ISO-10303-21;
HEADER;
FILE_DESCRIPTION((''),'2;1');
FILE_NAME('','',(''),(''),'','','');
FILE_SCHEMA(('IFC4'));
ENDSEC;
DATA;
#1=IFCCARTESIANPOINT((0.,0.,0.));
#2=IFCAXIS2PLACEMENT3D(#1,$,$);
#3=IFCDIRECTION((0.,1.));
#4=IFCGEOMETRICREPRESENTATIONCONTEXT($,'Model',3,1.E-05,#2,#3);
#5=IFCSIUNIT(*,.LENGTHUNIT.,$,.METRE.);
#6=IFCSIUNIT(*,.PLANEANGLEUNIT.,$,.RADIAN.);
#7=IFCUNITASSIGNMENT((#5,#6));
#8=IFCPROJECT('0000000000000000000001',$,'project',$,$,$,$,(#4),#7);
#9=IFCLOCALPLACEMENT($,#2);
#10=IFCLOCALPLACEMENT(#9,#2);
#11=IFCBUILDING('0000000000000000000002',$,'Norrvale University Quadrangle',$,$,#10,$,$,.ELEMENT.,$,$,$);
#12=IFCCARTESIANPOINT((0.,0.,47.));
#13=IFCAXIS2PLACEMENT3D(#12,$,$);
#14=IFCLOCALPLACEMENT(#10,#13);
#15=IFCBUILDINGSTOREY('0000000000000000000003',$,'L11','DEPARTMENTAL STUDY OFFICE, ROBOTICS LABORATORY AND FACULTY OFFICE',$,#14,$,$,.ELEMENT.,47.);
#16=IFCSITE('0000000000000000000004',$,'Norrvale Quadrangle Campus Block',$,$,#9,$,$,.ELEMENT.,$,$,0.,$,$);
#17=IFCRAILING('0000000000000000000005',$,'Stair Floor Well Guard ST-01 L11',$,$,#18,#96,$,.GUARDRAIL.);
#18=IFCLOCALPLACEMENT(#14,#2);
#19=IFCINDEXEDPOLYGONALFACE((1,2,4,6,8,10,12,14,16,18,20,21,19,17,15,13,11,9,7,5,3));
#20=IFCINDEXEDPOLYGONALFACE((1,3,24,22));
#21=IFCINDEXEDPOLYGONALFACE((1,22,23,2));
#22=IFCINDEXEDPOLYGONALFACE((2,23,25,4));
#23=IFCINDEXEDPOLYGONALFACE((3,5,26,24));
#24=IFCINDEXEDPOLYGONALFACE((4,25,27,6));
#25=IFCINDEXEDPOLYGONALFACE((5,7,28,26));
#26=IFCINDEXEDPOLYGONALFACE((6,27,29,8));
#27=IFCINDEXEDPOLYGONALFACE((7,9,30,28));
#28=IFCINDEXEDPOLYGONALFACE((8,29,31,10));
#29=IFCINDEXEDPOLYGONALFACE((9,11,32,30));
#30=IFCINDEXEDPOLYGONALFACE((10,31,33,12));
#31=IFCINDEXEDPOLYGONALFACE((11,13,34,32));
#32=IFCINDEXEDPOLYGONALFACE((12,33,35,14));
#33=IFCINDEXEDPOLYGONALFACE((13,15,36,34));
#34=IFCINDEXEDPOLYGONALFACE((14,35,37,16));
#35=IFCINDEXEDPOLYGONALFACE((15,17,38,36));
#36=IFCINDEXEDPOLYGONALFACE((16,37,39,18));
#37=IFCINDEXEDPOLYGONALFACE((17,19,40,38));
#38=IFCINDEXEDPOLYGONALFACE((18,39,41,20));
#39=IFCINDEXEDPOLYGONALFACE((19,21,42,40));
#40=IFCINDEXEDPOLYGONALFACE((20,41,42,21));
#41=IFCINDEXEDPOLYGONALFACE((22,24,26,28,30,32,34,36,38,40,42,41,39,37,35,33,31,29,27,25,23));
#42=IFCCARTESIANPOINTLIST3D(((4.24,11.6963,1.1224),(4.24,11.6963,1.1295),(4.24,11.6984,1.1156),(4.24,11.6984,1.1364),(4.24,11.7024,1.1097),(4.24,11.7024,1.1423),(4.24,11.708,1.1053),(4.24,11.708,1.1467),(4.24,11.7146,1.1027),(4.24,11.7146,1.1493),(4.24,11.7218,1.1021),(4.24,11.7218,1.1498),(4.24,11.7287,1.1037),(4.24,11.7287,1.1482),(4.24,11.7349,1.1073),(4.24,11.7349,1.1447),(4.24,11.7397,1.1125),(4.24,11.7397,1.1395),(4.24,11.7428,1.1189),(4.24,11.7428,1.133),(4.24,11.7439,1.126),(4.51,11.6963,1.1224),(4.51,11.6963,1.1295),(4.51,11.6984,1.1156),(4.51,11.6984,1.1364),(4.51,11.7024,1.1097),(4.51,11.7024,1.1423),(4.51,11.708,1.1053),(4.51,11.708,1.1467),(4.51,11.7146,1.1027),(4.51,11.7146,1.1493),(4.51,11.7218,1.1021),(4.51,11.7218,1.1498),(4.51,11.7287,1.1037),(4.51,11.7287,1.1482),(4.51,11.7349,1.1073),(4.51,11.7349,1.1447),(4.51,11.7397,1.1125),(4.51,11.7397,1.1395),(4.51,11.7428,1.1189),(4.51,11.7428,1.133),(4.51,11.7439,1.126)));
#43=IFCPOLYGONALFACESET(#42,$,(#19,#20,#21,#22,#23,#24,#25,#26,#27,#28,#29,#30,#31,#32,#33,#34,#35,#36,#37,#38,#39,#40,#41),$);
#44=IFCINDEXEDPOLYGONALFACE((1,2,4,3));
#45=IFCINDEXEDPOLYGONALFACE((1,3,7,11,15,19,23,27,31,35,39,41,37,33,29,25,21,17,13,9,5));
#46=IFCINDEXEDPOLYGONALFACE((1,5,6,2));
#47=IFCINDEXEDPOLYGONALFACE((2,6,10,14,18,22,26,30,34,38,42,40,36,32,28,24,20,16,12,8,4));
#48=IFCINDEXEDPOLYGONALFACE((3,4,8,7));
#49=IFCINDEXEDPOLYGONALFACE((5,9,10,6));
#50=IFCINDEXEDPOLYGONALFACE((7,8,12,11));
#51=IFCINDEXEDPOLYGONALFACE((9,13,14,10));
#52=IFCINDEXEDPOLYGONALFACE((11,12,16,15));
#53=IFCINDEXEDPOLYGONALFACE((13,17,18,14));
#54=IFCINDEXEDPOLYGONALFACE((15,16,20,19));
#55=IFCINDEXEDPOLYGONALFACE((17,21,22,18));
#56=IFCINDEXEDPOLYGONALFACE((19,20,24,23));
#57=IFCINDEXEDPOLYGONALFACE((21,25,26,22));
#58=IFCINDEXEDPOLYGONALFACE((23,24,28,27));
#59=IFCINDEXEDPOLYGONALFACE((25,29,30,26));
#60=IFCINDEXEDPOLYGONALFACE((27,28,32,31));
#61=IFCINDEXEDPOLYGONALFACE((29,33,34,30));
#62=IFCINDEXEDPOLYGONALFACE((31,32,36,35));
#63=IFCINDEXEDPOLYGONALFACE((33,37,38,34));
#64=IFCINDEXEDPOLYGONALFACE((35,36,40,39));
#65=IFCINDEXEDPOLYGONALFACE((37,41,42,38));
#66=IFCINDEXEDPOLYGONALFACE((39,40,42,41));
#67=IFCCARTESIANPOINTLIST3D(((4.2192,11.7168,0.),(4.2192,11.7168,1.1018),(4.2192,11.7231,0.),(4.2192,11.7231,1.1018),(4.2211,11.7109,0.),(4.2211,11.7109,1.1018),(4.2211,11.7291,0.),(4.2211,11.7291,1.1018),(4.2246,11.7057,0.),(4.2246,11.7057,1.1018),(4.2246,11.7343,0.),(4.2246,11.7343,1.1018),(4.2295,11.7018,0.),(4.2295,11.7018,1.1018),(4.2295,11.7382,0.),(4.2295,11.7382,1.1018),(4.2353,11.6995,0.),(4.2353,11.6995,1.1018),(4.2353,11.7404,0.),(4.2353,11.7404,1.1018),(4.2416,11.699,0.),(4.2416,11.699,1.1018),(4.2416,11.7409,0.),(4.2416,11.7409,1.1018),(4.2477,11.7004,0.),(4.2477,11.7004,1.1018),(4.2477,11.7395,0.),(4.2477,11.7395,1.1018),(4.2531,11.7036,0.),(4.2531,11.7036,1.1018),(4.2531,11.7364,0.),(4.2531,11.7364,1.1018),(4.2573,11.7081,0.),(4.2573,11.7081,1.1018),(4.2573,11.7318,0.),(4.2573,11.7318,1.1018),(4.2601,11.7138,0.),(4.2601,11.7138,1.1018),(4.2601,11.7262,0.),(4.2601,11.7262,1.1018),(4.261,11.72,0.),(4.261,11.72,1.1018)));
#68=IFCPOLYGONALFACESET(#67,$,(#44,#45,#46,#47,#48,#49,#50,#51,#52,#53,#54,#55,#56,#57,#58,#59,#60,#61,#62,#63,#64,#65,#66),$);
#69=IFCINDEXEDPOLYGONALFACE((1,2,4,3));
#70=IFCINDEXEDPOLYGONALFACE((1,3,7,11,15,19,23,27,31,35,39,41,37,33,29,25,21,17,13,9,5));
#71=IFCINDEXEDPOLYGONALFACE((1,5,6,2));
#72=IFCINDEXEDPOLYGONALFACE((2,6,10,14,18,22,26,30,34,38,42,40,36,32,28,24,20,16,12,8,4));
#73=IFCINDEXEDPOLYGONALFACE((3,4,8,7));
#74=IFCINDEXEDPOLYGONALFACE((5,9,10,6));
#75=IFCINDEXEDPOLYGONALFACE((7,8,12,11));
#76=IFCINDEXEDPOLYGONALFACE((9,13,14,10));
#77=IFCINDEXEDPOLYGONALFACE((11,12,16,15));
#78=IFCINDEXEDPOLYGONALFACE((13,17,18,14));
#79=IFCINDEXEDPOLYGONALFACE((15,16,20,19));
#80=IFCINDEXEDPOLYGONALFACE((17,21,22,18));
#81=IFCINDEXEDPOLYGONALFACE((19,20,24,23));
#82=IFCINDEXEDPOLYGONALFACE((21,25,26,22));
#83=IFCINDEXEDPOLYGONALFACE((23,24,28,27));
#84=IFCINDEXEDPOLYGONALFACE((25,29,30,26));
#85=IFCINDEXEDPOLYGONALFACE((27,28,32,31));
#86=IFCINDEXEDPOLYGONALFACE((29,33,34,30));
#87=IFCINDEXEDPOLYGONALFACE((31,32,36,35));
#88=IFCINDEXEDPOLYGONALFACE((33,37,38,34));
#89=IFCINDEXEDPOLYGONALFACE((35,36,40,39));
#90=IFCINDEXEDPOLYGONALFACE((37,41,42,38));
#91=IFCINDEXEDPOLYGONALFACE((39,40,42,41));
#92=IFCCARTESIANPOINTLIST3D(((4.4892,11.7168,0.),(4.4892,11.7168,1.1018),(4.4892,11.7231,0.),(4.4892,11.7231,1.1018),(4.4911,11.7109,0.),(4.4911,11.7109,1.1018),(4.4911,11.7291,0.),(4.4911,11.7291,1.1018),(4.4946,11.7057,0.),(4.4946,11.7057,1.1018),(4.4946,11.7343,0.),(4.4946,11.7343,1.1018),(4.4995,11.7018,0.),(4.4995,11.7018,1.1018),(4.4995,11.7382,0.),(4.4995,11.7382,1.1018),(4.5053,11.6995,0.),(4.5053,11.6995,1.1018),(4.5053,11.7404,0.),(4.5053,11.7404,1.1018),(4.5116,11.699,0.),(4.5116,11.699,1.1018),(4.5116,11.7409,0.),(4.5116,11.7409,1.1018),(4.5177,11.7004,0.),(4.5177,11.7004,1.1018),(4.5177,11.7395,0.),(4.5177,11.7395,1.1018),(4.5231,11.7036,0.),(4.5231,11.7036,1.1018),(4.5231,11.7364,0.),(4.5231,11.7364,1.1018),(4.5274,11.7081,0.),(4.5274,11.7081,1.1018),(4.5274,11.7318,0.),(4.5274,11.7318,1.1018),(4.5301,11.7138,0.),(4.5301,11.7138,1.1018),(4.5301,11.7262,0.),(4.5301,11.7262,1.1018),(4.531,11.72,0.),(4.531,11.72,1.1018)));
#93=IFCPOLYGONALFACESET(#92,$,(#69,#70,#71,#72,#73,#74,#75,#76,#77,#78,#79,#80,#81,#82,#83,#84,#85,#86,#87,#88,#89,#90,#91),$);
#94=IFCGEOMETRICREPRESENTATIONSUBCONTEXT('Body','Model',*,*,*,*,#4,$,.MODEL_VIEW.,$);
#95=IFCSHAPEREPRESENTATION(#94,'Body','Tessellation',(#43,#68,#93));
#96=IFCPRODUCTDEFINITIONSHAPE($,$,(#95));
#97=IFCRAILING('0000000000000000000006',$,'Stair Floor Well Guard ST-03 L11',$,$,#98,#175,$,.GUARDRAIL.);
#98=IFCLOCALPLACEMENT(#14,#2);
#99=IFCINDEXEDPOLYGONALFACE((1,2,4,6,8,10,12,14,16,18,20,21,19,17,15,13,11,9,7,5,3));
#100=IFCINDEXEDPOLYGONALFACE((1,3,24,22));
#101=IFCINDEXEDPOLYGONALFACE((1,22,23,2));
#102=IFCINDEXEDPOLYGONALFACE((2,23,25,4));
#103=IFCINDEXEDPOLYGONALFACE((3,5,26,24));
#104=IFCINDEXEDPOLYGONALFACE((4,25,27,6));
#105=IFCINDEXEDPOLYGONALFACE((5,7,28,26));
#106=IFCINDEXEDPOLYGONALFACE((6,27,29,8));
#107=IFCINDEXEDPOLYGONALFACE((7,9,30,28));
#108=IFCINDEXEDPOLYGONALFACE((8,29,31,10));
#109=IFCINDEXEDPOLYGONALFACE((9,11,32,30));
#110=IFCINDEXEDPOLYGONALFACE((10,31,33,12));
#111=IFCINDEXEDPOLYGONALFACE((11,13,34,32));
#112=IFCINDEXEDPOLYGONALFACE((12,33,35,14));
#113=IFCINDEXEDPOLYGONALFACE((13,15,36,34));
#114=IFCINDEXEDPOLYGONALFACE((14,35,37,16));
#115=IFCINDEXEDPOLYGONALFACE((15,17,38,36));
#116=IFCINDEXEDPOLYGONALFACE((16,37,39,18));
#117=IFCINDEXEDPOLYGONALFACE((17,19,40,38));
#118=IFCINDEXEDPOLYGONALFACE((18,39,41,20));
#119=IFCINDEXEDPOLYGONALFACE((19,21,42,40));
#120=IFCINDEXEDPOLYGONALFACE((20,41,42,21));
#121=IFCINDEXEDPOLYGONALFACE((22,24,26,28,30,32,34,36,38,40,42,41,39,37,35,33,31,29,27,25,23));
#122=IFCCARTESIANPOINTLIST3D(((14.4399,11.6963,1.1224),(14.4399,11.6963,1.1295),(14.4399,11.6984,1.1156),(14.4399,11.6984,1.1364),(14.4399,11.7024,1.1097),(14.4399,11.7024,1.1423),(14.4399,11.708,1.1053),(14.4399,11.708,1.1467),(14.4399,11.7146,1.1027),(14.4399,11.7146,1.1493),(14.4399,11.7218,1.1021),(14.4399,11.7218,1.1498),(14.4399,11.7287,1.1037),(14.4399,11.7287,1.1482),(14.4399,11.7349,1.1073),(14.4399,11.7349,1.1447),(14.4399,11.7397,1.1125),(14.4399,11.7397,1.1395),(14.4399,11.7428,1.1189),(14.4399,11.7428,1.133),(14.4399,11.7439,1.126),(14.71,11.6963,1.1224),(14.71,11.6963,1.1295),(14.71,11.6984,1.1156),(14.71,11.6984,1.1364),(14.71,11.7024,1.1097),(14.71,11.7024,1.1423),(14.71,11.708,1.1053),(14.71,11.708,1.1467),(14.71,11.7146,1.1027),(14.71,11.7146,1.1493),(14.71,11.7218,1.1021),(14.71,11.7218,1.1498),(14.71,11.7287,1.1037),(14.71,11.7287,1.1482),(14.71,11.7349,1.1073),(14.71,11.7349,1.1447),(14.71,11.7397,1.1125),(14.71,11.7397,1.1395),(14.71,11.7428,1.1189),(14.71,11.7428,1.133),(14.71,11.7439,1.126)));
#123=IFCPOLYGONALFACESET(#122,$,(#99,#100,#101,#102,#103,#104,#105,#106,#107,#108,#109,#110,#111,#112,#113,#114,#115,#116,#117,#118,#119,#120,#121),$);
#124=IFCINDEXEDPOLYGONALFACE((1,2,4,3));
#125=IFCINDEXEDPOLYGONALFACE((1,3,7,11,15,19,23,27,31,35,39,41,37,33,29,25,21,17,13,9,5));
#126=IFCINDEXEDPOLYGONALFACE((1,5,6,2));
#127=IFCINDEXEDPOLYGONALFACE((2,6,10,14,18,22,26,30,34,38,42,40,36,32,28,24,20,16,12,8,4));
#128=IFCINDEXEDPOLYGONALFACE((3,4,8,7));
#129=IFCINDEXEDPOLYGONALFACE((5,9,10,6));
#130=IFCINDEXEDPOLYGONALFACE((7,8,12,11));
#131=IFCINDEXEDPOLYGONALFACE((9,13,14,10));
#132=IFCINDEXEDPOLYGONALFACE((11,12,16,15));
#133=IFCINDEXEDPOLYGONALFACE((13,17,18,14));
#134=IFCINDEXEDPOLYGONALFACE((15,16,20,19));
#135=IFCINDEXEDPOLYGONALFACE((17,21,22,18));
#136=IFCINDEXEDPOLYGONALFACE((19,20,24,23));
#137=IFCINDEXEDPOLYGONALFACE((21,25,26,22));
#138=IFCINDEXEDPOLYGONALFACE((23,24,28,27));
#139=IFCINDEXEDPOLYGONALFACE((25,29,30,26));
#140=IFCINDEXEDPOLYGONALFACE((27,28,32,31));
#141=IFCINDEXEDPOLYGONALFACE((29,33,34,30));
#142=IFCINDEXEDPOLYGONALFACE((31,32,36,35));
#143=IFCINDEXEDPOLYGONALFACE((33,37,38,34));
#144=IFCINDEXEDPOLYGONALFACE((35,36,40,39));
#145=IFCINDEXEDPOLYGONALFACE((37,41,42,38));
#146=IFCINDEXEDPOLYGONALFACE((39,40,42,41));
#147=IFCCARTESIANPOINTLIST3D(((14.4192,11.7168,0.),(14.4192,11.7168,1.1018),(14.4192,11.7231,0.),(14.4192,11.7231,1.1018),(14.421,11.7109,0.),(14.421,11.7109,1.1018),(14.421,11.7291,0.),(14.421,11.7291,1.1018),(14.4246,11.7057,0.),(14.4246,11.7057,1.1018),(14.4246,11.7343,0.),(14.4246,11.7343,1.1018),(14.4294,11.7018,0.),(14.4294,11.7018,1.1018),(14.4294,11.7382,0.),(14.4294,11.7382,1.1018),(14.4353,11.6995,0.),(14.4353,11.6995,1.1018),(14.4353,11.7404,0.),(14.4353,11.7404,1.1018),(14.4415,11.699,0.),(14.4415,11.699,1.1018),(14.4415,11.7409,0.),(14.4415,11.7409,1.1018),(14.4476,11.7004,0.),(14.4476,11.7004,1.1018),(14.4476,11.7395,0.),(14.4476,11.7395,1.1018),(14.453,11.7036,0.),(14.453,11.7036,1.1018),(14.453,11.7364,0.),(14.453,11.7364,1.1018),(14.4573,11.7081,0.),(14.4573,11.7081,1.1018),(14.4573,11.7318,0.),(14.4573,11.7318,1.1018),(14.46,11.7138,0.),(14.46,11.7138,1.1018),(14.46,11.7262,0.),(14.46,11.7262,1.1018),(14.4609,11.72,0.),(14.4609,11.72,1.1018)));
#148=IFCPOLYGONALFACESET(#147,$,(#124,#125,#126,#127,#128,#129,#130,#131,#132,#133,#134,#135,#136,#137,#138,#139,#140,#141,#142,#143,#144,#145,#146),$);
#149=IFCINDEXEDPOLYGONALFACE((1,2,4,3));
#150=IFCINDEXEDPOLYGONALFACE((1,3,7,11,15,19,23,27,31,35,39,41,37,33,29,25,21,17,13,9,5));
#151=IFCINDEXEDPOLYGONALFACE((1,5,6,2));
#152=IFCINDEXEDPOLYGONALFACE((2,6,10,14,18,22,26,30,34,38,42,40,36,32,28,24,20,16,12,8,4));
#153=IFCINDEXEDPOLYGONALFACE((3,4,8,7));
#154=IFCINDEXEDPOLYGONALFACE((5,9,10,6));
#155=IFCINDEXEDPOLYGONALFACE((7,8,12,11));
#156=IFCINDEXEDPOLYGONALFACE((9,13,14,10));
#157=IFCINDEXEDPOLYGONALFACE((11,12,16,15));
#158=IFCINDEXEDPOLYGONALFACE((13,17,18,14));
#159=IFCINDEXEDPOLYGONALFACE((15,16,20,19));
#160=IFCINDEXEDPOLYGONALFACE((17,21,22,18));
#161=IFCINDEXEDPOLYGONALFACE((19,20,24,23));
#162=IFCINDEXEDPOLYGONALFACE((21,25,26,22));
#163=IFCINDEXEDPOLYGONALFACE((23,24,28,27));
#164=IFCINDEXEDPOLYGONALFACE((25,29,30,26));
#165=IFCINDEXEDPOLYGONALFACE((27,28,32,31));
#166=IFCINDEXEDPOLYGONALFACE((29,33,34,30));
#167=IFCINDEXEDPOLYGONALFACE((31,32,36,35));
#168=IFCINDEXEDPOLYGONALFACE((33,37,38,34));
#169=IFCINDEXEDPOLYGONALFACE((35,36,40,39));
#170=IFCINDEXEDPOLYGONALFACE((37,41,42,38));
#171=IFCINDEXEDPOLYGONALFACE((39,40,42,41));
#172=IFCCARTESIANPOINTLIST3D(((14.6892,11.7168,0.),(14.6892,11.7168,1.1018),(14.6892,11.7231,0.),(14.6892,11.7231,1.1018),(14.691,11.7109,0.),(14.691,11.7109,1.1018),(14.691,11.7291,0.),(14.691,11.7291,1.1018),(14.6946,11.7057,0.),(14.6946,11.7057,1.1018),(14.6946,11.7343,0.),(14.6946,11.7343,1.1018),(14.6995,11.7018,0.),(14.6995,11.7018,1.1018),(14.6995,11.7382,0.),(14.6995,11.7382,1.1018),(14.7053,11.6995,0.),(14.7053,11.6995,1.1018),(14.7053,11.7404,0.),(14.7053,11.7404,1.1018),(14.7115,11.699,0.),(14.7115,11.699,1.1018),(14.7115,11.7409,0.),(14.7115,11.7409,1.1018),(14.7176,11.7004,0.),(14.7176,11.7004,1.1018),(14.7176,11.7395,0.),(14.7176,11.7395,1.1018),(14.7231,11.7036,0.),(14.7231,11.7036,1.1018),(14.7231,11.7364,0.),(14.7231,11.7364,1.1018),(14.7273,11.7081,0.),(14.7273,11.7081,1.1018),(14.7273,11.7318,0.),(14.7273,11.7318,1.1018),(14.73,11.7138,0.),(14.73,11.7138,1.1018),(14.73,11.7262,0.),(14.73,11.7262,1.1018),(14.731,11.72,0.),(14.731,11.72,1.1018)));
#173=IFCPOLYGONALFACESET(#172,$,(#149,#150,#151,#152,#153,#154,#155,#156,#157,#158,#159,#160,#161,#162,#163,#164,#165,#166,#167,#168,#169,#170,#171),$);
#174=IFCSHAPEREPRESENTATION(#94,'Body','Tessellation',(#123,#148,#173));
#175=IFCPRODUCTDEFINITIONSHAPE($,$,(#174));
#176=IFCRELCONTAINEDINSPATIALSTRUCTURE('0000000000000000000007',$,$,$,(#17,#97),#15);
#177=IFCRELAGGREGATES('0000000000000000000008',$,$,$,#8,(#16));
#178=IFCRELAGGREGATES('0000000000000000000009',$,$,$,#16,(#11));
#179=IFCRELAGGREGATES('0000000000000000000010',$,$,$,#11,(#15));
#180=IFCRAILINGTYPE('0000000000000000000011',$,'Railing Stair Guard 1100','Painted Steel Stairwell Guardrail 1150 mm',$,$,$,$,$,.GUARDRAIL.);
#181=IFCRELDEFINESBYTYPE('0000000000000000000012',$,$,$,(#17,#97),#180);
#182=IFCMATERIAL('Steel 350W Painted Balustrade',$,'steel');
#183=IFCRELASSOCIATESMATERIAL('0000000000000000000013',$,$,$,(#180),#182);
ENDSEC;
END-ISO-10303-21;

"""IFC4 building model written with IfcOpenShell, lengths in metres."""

from ifc_helpers import new_model, si_unit, direction, frame, origin, origin_2d, place, context, subcontext, project, spatial, circle, extrude, material, type_object, element, save


model = new_model("IFC4")

# Units and contexts
model_context = context("Model", 3, precision=1e-05, world=origin(), true_north=direction((0.0, 1.0)))
body_context = subcontext(model_context, "Body", "Model", "MODEL_VIEW")
ifc_project = project(units=[si_unit("LENGTHUNIT", "METRE"), si_unit("PLANEANGLEUNIT", "RADIAN")], contexts=[model_context])

# Site, building, storey
site_placement = place(None, origin())
site = spatial("IfcSite", under=ifc_project, at=site_placement, Name="Norrvale Quadrangle Campus Block", CompositionType="ELEMENT", RefElevation=0.0)
building_placement = place(site_placement, origin())
building = spatial("IfcBuilding", under=site, at=building_placement, Name="Norrvale University Quadrangle", CompositionType="ELEMENT")
storey_placement = place(building_placement, frame((0.0, 0.0, 47.0)))
storey = spatial("IfcBuildingStorey", under=building, at=storey_placement, Name="L11", Description="DEPARTMENTAL STUDY OFFICE, ROBOTICS LABORATORY AND FACULTY OFFICE", CompositionType="ELEMENT", Elevation=47.0)

# Railings
ifc_material_1 = material(Name="Steel 350W Painted Balustrade", Category="steel")
railing_type_1 = type_object("IfcRailingType", Name="Railing Stair Guard 1100", Description="Painted Steel Stairwell Guardrail 1150 mm", PredefinedType="GUARDRAIL", material=ifc_material_1)
for number, where, name in (
    (1, (4.24, 11.72, 0.0), "Stair Floor Well Guard ST-01 L11"),
    (2, (14.4399, 11.72, 0.0), "Stair Floor Well Guard ST-03 L11"),
):
    element("IfcRailing", number, at=place(storey_placement, frame(where)), inside=storey, type_object=railing_type_1, Name=name, PredefinedType="GUARDRAIL", context=body_context, shape_type="SweptSolid", body=[
        extrude(circle(Radius=0.0239, at=origin_2d()), frame((0.0, 0.0, 1.126), z_axis=(1.0, 0.0, 0.0), x_axis=(0.0, 1.0, 0.0)), (0.0, 0.0, 1.0), 0.27),
        extrude(circle(Radius=0.021, at=origin_2d()), origin(), (0.0, 0.0, 1.0), 1.1018),
        extrude(circle(Radius=0.021, at=origin_2d()), frame((0.27, 0.0, 0.0)), (0.0, 0.0, 1.0), 1.1018),
    ])

save(model, "model.ifc")
